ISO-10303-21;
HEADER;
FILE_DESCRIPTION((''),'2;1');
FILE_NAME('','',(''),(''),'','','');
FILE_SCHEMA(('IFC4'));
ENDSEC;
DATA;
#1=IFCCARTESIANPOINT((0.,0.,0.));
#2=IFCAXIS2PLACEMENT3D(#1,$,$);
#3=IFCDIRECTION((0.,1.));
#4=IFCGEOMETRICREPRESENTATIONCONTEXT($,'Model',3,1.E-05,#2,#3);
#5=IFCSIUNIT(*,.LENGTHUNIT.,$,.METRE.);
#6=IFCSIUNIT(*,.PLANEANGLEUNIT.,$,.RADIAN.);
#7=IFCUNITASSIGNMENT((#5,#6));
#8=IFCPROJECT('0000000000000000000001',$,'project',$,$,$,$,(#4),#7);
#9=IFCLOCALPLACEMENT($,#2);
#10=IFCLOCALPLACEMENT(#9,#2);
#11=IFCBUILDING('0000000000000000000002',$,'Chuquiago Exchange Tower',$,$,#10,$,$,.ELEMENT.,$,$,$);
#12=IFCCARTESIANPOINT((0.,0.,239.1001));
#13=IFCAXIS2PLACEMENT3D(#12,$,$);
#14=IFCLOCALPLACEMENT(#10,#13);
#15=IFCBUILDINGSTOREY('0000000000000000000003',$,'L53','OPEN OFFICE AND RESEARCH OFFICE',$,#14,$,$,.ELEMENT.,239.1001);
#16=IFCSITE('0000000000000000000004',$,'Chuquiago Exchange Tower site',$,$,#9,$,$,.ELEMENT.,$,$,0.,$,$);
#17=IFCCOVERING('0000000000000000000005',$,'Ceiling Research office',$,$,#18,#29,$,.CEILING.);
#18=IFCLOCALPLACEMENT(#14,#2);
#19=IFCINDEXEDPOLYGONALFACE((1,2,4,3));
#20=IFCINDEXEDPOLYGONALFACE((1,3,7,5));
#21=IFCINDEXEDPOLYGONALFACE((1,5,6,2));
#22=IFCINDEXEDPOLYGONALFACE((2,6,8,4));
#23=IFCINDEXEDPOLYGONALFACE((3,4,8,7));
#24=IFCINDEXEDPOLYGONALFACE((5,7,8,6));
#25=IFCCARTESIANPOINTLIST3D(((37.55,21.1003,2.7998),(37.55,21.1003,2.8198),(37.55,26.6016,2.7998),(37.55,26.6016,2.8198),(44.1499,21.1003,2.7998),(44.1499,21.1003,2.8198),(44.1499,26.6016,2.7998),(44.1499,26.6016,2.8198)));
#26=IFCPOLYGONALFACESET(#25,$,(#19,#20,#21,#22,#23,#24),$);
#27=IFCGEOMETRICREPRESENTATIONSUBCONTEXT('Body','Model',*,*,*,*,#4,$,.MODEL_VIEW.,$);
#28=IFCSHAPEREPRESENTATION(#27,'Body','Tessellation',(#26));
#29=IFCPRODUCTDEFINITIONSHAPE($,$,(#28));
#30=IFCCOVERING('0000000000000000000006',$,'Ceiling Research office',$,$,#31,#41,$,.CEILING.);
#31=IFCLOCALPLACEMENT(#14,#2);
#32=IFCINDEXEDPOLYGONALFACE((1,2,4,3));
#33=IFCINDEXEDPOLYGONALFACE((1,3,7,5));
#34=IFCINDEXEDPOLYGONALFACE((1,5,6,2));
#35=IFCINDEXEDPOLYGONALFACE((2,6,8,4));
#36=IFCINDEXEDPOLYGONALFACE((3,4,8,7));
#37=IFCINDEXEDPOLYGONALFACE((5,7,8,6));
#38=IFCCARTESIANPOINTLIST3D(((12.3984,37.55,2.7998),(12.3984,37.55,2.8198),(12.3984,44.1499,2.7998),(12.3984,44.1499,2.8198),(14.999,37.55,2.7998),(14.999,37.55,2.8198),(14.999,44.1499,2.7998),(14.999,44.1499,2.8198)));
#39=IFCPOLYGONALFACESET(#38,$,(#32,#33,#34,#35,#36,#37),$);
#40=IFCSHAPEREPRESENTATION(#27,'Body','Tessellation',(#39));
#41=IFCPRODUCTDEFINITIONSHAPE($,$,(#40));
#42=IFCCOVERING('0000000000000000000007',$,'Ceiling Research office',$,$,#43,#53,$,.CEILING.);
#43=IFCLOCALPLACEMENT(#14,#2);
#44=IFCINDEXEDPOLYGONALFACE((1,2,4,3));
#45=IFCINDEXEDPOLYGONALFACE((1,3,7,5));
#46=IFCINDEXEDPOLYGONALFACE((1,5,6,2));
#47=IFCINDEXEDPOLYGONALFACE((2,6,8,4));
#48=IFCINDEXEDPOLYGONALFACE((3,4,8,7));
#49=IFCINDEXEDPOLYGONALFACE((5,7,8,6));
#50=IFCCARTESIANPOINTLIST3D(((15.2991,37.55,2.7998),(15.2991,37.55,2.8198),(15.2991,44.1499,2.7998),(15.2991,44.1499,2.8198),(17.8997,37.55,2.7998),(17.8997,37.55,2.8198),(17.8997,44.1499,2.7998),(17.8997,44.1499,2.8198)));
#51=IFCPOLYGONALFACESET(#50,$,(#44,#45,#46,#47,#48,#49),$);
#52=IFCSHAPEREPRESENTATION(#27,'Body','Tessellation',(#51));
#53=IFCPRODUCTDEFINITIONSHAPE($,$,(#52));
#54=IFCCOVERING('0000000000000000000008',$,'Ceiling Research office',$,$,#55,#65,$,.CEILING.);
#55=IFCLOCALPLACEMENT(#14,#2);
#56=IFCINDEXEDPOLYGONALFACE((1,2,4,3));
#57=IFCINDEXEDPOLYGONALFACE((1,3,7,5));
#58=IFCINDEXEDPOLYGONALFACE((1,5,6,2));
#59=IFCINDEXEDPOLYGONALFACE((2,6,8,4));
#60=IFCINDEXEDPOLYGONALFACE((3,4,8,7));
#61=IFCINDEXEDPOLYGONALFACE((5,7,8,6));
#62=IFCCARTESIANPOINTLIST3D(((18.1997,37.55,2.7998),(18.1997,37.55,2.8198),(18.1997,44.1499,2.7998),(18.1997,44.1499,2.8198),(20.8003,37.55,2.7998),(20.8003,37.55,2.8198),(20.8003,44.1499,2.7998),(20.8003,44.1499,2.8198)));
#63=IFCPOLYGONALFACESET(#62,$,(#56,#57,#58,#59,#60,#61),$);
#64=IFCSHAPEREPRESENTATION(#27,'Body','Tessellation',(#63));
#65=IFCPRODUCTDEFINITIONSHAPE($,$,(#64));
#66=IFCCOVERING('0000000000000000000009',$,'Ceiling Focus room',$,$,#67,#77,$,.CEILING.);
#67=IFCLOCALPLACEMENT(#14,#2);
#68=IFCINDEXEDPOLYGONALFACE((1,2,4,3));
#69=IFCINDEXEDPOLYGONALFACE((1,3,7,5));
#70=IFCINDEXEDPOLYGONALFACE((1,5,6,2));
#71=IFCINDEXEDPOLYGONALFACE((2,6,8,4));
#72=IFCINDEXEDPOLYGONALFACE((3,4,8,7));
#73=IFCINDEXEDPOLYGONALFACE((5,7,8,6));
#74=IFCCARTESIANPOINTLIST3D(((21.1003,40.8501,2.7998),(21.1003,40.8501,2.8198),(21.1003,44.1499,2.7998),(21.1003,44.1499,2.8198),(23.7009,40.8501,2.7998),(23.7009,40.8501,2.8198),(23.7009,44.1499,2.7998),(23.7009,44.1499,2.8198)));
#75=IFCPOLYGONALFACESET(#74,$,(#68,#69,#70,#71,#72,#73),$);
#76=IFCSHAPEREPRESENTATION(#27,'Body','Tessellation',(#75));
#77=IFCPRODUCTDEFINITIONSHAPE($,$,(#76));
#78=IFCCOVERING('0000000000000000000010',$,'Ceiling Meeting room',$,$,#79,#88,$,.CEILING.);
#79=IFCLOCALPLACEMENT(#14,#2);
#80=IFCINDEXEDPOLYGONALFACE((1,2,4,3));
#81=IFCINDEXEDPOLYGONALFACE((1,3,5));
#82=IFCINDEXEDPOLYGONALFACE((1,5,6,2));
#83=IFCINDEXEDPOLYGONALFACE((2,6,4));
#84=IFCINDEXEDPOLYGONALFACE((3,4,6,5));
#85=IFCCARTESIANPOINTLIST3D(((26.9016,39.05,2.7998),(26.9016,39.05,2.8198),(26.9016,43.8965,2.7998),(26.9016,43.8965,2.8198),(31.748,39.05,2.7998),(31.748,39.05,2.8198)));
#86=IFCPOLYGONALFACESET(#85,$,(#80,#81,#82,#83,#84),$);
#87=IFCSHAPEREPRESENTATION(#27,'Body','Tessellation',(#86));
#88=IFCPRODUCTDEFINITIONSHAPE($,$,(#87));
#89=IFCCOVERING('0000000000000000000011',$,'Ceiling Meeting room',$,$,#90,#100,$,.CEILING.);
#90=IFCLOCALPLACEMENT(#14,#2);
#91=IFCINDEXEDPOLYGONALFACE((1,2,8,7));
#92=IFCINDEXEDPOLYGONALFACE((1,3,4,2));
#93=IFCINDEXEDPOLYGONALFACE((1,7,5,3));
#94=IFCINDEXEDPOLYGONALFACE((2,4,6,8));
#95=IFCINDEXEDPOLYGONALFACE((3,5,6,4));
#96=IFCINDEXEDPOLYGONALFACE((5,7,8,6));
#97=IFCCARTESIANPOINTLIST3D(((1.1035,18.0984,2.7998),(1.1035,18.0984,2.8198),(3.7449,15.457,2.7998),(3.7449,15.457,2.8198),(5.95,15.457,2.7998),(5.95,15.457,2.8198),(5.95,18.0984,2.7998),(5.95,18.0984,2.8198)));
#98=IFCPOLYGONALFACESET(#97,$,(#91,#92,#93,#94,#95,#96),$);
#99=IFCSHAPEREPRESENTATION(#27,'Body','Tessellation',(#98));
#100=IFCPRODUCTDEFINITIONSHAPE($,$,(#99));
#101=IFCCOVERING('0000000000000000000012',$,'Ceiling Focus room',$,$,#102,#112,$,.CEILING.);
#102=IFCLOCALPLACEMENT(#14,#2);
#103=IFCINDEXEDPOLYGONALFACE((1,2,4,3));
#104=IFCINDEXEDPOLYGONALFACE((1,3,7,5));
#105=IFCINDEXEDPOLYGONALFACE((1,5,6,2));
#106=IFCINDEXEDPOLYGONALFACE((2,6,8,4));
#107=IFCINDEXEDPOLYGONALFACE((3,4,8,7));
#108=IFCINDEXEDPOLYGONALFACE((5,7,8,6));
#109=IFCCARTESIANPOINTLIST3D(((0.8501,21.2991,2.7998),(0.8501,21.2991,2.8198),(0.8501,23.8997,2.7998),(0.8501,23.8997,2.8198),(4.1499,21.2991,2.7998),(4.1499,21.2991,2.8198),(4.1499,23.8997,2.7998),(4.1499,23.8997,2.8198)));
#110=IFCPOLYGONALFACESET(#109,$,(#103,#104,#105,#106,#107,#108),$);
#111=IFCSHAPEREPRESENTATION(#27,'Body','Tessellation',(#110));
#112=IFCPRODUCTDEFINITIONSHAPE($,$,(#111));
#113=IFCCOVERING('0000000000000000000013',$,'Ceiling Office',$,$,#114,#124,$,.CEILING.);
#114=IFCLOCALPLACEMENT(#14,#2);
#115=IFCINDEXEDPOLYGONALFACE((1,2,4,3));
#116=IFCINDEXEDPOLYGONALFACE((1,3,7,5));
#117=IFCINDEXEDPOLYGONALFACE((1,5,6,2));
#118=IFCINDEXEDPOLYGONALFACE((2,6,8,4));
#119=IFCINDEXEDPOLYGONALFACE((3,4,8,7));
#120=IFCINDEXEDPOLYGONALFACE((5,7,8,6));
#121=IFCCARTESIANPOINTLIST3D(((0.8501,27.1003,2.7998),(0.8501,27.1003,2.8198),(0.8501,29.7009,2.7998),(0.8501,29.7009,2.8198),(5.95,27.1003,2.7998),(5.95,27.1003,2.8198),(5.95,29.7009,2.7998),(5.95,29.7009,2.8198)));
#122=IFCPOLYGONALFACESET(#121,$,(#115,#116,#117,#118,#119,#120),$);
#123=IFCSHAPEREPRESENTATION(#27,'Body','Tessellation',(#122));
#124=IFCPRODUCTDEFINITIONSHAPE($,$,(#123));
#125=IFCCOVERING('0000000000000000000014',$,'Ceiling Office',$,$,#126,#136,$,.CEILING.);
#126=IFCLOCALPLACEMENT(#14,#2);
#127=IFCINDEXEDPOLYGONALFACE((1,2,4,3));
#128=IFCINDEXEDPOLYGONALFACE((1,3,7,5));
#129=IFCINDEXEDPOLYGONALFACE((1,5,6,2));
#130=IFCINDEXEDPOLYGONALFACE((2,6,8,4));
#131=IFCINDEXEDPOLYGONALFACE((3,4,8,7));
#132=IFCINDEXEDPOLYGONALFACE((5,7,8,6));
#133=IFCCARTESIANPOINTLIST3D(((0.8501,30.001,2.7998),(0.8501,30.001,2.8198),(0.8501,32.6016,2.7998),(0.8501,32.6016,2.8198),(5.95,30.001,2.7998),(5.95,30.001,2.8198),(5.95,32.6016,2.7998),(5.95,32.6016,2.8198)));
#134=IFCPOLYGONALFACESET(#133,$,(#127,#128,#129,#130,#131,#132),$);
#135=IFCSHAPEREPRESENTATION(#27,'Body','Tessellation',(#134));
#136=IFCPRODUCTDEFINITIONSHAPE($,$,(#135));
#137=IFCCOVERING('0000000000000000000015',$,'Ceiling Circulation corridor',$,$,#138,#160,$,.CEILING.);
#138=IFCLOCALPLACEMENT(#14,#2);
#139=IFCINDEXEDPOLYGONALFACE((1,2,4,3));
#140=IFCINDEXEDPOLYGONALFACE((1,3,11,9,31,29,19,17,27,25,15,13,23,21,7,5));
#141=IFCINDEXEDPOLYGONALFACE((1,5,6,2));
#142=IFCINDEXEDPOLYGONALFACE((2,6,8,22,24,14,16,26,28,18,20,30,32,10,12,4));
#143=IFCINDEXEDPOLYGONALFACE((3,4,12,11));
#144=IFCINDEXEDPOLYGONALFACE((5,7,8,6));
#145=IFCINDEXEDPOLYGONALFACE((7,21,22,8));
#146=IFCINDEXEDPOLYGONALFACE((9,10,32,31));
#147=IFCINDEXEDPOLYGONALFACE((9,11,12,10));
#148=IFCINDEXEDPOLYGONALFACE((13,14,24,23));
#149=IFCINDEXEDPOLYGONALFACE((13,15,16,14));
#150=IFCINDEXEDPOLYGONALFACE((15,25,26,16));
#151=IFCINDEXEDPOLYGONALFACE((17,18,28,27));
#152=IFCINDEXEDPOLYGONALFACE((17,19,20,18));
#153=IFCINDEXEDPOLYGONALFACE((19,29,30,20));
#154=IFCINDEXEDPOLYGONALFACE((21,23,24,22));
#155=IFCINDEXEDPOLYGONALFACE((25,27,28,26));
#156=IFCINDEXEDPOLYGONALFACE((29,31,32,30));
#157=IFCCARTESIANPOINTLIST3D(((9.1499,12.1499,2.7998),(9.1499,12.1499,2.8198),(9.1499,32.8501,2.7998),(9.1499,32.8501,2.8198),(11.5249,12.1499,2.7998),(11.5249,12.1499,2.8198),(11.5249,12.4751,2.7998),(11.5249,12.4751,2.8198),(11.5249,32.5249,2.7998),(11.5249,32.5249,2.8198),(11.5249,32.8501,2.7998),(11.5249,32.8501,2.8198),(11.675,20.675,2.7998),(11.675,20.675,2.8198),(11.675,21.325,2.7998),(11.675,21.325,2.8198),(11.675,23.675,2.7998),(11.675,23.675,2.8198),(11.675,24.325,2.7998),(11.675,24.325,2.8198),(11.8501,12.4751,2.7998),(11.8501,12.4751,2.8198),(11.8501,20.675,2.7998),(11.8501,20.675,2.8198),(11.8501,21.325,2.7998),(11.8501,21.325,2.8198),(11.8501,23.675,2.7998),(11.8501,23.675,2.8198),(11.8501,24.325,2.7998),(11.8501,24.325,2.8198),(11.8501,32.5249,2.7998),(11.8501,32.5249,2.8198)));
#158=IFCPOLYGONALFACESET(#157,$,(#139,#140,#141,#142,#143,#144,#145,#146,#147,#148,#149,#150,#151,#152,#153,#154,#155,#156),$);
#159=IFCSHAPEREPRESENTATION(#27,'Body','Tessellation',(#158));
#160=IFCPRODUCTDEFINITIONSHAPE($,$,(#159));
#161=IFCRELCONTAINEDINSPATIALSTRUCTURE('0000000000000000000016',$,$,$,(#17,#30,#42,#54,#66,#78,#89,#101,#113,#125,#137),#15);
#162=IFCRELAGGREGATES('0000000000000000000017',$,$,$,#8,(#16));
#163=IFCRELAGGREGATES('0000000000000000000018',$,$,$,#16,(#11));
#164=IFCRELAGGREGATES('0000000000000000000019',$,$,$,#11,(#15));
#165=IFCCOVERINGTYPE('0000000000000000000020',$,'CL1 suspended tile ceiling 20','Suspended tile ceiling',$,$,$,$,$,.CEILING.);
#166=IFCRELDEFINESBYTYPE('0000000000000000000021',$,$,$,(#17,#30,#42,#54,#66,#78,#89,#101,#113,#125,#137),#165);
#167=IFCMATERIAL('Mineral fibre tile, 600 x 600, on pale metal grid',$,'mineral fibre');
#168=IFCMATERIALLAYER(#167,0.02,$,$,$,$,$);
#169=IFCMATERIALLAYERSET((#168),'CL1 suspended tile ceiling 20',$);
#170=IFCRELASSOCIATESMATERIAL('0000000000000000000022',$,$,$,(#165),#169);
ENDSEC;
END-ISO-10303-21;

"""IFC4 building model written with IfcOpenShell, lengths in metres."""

from ifc_helpers import new_model, si_unit, direction, frame, origin, place, context, subcontext, project, spatial, polyline, outline, extrude, material, layer, layer_set, type_object, element, save


model = new_model("IFC4")

# Units and contexts
model_context = context("Model", 3, precision=1e-05, world=origin(), true_north=direction((0.0, 1.0)))
body_context = subcontext(model_context, "Body", "Model", "MODEL_VIEW")
ifc_project = project(units=[si_unit("LENGTHUNIT", "METRE"), si_unit("PLANEANGLEUNIT", "RADIAN")], contexts=[model_context])

# Site, building, storey
site_placement = place(None, origin())
site = spatial("IfcSite", under=ifc_project, at=site_placement, Name="Chuquiago Exchange Tower site", CompositionType="ELEMENT", RefElevation=0.0)
building_placement = place(site_placement, origin())
building = spatial("IfcBuilding", under=site, at=building_placement, Name="Chuquiago Exchange Tower", CompositionType="ELEMENT")
storey_placement = place(building_placement, frame((0.0, 0.0, 239.1001)))
storey = spatial("IfcBuildingStorey", under=building, at=storey_placement, Name="L53", Description="OPEN OFFICE AND RESEARCH OFFICE", CompositionType="ELEMENT", Elevation=239.1001)

# Coverings
ifc_material_1 = material(Name="Mineral fibre tile, 600 x 600, on pale metal grid", Category="mineral fibre")
ifc_layer_1 = layer(ifc_material_1, 0.02)
ifc_layer_set_1 = layer_set([ifc_layer_1], Name="CL1 suspended tile ceiling 20")
covering_type_1 = type_object("IfcCoveringType", Name="CL1 suspended tile ceiling 20", Description="Suspended tile ceiling", PredefinedType="CEILING", material=ifc_layer_set_1)
covering_1_placement = place(storey_placement, frame((0.0, 0.0, 2.7998)))
element("IfcCovering", 1, at=covering_1_placement, inside=storey, type_object=covering_type_1, Name="Ceiling Research office", PredefinedType="CEILING", context=body_context, shape_type="SweptSolid", body=[
    extrude(outline(polyline([(44.1499, 21.1003), (37.55, 21.1003), (37.55, 26.6016), (44.1499, 26.6016), (44.1499, 21.1003)])), origin(), (0.0, 0.0, 1.0), 0.02),
])
covering_2_placement = place(storey_placement, frame((0.0, 0.0, 2.7998)))
element("IfcCovering", 2, at=covering_2_placement, inside=storey, type_object=covering_type_1, Name="Ceiling Research office", PredefinedType="CEILING", context=body_context, shape_type="SweptSolid", body=[
    extrude(outline(polyline([(14.999, 44.1499), (14.999, 37.55), (12.3984, 37.55), (12.3984, 44.1499), (14.999, 44.1499)])), origin(), (0.0, 0.0, 1.0), 0.02),
])
covering_3_placement = place(storey_placement, frame((0.0, 0.0, 2.7998)))
element("IfcCovering", 3, at=covering_3_placement, inside=storey, type_object=covering_type_1, Name="Ceiling Research office", PredefinedType="CEILING", context=body_context, shape_type="SweptSolid", body=[
    extrude(outline(polyline([(17.8997, 37.55), (15.2991, 37.55), (15.2991, 44.1499), (17.8997, 44.1499), (17.8997, 37.55)])), origin(), (0.0, 0.0, 1.0), 0.02),
])
covering_4_placement = place(storey_placement, frame((0.0, 0.0, 2.7998)))
element("IfcCovering", 4, at=covering_4_placement, inside=storey, type_object=covering_type_1, Name="Ceiling Research office", PredefinedType="CEILING", context=body_context, shape_type="SweptSolid", body=[
    extrude(outline(polyline([(20.8003, 37.55), (18.1997, 37.55), (18.1997, 44.1499), (20.8003, 44.1499), (20.8003, 37.55)])), origin(), (0.0, 0.0, 1.0), 0.02),
])
covering_5_placement = place(storey_placement, frame((0.0, 0.0, 2.7998)))
element("IfcCovering", 5, at=covering_5_placement, inside=storey, type_object=covering_type_1, Name="Ceiling Focus room", PredefinedType="CEILING", context=body_context, shape_type="SweptSolid", body=[
    extrude(outline(polyline([(23.7009, 40.8501), (21.1003, 40.8501), (21.1003, 44.1499), (23.7009, 44.1499), (23.7009, 40.8501)])), origin(), (0.0, 0.0, 1.0), 0.02),
])
covering_6_placement = place(storey_placement, frame((0.0, 0.0, 2.7998)))
element("IfcCovering", 6, at=covering_6_placement, inside=storey, type_object=covering_type_1, Name="Ceiling Meeting room", PredefinedType="CEILING", context=body_context, shape_type="SweptSolid", body=[
    extrude(outline(polyline([(26.9016, 39.05), (26.9016, 43.8965), (31.748, 39.05), (26.9016, 39.05)])), origin(), (0.0, 0.0, 1.0), 0.02),
])
covering_7_placement = place(storey_placement, frame((0.0, 0.0, 2.7998)))
element("IfcCovering", 7, at=covering_7_placement, inside=storey, type_object=covering_type_1, Name="Ceiling Meeting room", PredefinedType="CEILING", context=body_context, shape_type="SweptSolid", body=[
    extrude(outline(polyline([(5.95, 18.0984), (5.95, 15.457), (3.7449, 15.457), (1.1035, 18.0984), (5.95, 18.0984)])), origin(), (0.0, 0.0, 1.0), 0.02),
])
covering_8_placement = place(storey_placement, frame((0.0, 0.0, 2.7998)))
element("IfcCovering", 8, at=covering_8_placement, inside=storey, type_object=covering_type_1, Name="Ceiling Focus room", PredefinedType="CEILING", context=body_context, shape_type="SweptSolid", body=[
    extrude(outline(polyline([(4.1499, 23.8997), (4.1499, 21.2991), (0.8501, 21.2991), (0.8501, 23.8997), (4.1499, 23.8997)])), origin(), (0.0, 0.0, 1.0), 0.02),
])
covering_9_placement = place(storey_placement, frame((0.0, 0.0, 2.7998)))
element("IfcCovering", 9, at=covering_9_placement, inside=storey, type_object=covering_type_1, Name="Ceiling Office", PredefinedType="CEILING", context=body_context, shape_type="SweptSolid", body=[
    extrude(outline(polyline([(5.95, 29.7009), (5.95, 27.1003), (0.8501, 27.1003), (0.8501, 29.7009), (5.95, 29.7009)])), origin(), (0.0, 0.0, 1.0), 0.02),
])
covering_10_placement = place(storey_placement, frame((0.0, 0.0, 2.7998)))
element("IfcCovering", 10, at=covering_10_placement, inside=storey, type_object=covering_type_1, Name="Ceiling Office", PredefinedType="CEILING", context=body_context, shape_type="SweptSolid", body=[
    extrude(outline(polyline([(5.95, 32.6016), (5.95, 30.001), (0.8501, 30.001), (0.8501, 32.6016), (5.95, 32.6016)])), origin(), (0.0, 0.0, 1.0), 0.02),
])
covering_11_placement = place(storey_placement, frame((0.0, 0.0, 2.7998)))
element("IfcCovering", 11, at=covering_11_placement, inside=storey, type_object=covering_type_1, Name="Ceiling Circulation corridor", PredefinedType="CEILING", context=body_context, shape_type="SweptSolid", body=[
    extrude(outline(polyline([(9.1499, 12.1499), (9.1499, 32.8501), (11.5249, 32.8501), (11.5249, 32.5249), (11.8501, 32.5249), (11.8501, 24.325), (11.675, 24.325), (11.675, 23.675), (11.8501, 23.675), (11.8501, 21.325), (11.675, 21.325), (11.675, 20.675), (11.8501, 20.675), (11.8501, 12.4751), (11.5249, 12.4751), (11.5249, 12.1499), (9.1499, 12.1499)])), origin(), (0.0, 0.0, 1.0), 0.02),
])

save(model, "model.ifc")
